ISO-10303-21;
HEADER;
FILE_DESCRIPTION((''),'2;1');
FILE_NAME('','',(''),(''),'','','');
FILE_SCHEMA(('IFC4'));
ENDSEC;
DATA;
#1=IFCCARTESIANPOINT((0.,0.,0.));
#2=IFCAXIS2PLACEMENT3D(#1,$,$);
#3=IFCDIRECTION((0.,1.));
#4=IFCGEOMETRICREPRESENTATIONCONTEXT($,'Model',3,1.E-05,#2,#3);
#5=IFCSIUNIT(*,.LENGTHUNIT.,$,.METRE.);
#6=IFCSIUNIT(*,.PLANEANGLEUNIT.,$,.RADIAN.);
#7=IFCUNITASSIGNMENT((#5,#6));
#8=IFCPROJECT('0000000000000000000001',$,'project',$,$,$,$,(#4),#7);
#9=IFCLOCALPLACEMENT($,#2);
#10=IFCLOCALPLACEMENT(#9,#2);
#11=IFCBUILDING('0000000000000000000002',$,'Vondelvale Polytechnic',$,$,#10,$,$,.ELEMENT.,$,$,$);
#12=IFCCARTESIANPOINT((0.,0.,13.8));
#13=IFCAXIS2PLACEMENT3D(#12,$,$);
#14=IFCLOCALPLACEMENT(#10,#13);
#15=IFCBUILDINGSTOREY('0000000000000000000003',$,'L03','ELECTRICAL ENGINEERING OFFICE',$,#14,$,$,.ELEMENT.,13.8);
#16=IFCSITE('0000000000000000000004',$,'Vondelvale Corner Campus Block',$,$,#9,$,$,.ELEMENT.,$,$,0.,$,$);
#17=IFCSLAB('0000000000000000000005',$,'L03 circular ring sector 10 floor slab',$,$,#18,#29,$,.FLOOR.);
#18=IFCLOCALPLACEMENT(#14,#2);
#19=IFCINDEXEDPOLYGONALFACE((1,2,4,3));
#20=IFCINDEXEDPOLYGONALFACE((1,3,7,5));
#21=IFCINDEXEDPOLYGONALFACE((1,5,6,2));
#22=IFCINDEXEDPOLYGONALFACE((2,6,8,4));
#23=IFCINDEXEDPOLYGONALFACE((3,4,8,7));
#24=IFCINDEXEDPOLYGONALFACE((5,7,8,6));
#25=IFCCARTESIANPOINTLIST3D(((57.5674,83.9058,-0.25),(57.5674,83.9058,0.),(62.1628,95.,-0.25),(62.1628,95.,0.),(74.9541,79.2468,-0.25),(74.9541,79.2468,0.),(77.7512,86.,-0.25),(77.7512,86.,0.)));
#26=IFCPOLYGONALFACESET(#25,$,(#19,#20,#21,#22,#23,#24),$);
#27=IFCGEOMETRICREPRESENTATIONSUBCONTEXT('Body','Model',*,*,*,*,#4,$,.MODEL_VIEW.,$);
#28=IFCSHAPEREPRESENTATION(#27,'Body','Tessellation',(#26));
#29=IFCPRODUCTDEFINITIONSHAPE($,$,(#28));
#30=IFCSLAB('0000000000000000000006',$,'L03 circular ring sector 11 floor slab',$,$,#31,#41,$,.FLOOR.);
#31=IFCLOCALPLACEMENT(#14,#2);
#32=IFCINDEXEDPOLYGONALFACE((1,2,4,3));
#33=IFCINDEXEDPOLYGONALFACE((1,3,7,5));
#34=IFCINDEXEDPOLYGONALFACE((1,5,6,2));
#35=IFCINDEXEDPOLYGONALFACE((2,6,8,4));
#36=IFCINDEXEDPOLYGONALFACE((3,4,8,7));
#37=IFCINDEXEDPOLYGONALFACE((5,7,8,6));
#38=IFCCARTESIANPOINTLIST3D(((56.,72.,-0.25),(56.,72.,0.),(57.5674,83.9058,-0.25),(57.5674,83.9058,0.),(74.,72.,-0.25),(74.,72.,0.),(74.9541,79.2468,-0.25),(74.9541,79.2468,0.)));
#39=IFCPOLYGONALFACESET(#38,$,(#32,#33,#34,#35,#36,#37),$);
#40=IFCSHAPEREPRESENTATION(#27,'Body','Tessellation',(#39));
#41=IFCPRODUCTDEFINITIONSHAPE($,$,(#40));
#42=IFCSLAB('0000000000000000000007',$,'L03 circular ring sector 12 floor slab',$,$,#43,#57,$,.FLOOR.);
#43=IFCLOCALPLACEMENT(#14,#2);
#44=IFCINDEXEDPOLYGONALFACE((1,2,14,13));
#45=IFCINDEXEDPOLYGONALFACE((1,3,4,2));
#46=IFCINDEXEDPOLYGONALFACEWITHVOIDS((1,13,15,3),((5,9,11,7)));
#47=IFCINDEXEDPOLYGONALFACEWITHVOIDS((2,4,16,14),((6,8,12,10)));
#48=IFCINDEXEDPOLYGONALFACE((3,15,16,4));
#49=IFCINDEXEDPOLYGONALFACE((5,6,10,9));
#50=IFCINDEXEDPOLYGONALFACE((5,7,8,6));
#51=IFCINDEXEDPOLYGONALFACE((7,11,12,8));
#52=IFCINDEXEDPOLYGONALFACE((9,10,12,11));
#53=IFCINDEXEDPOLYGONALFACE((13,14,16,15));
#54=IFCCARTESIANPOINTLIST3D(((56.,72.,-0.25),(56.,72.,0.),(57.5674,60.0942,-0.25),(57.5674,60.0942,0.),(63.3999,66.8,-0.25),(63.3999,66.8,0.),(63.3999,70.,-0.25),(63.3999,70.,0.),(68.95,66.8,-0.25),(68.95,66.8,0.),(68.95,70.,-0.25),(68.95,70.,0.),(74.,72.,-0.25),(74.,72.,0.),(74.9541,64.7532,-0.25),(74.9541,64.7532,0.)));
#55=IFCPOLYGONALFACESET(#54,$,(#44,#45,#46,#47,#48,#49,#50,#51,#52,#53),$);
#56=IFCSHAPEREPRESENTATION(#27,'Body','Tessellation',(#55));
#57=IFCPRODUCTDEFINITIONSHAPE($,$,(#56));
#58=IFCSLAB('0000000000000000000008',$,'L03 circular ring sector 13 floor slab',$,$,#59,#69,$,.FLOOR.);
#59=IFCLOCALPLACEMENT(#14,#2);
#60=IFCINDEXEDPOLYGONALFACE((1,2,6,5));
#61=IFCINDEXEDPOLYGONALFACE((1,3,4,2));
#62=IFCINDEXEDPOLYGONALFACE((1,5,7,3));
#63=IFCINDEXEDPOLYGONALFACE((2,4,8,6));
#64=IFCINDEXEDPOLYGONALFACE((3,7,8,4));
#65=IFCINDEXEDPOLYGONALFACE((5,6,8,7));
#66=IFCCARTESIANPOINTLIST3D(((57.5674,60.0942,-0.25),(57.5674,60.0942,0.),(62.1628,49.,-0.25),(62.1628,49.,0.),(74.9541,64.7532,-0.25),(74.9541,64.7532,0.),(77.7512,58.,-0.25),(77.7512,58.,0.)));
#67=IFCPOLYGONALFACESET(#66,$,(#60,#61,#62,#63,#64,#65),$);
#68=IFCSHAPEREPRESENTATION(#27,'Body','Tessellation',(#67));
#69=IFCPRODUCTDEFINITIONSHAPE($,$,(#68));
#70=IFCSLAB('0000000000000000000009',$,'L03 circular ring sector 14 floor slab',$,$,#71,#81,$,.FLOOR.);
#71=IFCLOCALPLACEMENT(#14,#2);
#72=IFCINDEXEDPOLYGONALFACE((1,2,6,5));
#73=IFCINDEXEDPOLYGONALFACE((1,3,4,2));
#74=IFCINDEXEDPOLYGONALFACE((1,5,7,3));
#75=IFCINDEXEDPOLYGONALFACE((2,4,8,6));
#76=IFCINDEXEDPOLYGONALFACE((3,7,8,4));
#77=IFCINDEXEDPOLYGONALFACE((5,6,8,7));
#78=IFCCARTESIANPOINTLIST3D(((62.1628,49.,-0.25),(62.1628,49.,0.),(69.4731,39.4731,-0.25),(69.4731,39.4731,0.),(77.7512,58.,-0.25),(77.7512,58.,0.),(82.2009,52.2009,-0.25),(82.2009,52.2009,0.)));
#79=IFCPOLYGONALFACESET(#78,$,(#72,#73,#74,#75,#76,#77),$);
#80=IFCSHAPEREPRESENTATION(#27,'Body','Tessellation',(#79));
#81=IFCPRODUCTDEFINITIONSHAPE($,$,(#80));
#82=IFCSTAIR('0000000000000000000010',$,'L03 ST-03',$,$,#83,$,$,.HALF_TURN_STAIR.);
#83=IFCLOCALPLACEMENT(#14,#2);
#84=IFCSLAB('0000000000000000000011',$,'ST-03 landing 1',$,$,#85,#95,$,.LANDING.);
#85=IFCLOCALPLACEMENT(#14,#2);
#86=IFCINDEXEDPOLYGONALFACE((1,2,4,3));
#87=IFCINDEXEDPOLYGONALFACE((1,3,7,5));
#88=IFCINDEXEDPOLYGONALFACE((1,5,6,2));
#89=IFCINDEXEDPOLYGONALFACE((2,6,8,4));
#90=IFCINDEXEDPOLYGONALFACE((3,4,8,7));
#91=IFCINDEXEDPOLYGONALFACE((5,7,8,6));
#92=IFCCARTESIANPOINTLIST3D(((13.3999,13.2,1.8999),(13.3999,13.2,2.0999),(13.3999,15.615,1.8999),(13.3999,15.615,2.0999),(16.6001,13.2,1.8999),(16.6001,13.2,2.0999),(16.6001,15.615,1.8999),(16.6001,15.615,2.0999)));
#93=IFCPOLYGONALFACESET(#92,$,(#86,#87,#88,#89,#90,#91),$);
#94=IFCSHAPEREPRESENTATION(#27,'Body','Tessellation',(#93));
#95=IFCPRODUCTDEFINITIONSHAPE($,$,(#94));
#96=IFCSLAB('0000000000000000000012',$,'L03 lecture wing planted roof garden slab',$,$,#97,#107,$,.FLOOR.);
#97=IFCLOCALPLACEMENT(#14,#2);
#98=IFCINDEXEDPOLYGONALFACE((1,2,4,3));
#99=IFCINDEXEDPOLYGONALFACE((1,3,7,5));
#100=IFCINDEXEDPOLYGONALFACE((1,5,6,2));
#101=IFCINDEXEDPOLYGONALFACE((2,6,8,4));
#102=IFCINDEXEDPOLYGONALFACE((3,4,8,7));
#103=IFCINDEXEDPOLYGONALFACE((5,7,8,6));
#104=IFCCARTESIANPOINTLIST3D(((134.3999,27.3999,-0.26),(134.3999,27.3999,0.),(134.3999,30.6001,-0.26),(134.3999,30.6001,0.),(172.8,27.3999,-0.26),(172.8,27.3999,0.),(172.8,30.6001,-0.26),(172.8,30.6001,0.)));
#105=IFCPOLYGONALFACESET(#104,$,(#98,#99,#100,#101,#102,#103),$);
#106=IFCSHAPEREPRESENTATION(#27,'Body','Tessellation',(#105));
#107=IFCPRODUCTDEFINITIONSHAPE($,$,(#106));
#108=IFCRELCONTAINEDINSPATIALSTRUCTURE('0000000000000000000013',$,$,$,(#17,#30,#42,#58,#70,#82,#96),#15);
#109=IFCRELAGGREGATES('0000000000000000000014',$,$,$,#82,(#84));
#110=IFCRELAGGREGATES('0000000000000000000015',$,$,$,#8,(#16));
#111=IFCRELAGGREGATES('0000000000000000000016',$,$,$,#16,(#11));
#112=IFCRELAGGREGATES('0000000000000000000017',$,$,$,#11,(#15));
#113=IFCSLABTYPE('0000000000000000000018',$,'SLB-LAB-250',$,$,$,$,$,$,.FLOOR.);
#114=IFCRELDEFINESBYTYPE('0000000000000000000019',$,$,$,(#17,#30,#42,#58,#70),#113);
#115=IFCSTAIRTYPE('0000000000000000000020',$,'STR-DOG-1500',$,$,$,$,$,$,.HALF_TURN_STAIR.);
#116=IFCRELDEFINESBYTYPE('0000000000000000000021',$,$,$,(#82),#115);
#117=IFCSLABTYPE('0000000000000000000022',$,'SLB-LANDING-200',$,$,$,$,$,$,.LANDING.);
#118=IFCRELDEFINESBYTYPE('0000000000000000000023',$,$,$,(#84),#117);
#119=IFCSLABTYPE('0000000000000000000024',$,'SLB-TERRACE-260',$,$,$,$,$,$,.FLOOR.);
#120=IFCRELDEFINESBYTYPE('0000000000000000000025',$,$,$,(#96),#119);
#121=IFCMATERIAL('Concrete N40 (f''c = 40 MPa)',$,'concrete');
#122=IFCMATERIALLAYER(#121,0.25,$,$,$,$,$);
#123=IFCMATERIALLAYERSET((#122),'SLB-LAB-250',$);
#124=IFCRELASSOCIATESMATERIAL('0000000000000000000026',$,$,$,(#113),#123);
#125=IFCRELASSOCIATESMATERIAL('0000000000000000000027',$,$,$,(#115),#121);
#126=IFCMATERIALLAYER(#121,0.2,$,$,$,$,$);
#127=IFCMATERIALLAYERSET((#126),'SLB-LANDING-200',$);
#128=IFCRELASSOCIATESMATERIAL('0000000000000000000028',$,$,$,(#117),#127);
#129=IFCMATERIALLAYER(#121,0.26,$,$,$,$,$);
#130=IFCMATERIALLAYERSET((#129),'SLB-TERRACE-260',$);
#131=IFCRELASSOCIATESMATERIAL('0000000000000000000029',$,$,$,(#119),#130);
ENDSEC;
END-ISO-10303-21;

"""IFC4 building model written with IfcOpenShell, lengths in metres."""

from ifc_helpers import new_model, si_unit, direction, frame, origin, place, context, subcontext, project, spatial, polyline, outline, extrude, material, layer, layer_set, type_object, element, aggregate, save


model = new_model("IFC4")

# Units and contexts
model_context = context("Model", 3, precision=1e-05, world=origin(), true_north=direction((0.0, 1.0)))
body_context = subcontext(model_context, "Body", "Model", "MODEL_VIEW")
ifc_project = project(units=[si_unit("LENGTHUNIT", "METRE"), si_unit("PLANEANGLEUNIT", "RADIAN")], contexts=[model_context])

# Site, building, storey
site_placement = place(None, origin())
site = spatial("IfcSite", under=ifc_project, at=site_placement, Name="Vondelvale Corner Campus Block", CompositionType="ELEMENT", RefElevation=0.0)
building_placement = place(site_placement, origin())
building = spatial("IfcBuilding", under=site, at=building_placement, Name="Vondelvale Polytechnic", CompositionType="ELEMENT")
storey_placement = place(building_placement, frame((0.0, 0.0, 13.8)))
storey = spatial("IfcBuildingStorey", under=building, at=storey_placement, Name="L03", Description="ELECTRICAL ENGINEERING OFFICE", CompositionType="ELEMENT", Elevation=13.8)

# Shared definitions
ifc_material_1 = material(Name="Concrete N40 (f'c = 40 MPa)", Category="concrete")

# Slabs
ifc_layer_1 = layer(ifc_material_1, 0.25)
ifc_layer_set_1 = layer_set([ifc_layer_1], Name="SLB-LAB-250")
slab_type_1 = type_object("IfcSlabType", Name="SLB-LAB-250", PredefinedType="FLOOR", material=ifc_layer_set_1)
slab_1_placement = place(storey_placement, frame((0.0, 0.0, -0.25)))
element("IfcSlab", 1, at=slab_1_placement, inside=storey, type_object=slab_type_1, Name="L03 circular ring sector 10 floor slab", PredefinedType="FLOOR", context=body_context, shape_type="SweptSolid", body=[
    extrude(outline(polyline([(77.7512, 86.0), (62.1628, 95.0), (57.5674, 83.9058), (74.9541, 79.2468), (77.7512, 86.0)])), origin(), (0.0, 0.0, 1.0), 0.25),
])
slab_2_placement = place(storey_placement, frame((0.0, 0.0, -0.25)))
element("IfcSlab", 2, at=slab_2_placement, inside=storey, type_object=slab_type_1, Name="L03 circular ring sector 11 floor slab", PredefinedType="FLOOR", context=body_context, shape_type="SweptSolid", body=[
    extrude(outline(polyline([(74.9541, 79.2468), (57.5674, 83.9058), (56.0, 72.0), (74.0, 72.0), (74.9541, 79.2468)])), origin(), (0.0, 0.0, 1.0), 0.25),
])
slab_3_placement = place(storey_placement, frame((0.0, 0.0, -0.25)))
element("IfcSlab", 3, at=slab_3_placement, inside=storey, type_object=slab_type_1, Name="L03 circular ring sector 12 floor slab", PredefinedType="FLOOR", context=body_context, shape_type="SweptSolid", body=[
    extrude(outline(polyline([(74.0, 72.0), (56.0, 72.0), (57.5674, 60.0942), (74.9541, 64.7532), (74.0, 72.0)]), holes=[polyline([(68.95, 70.0), (63.3999, 70.0), (63.3999, 66.8), (68.95, 66.8), (68.95, 70.0)])]), origin(), (0.0, 0.0, 1.0), 0.25),
])
slab_4_placement = place(storey_placement, frame((0.0, 0.0, -0.25)))
element("IfcSlab", 4, at=slab_4_placement, inside=storey, type_object=slab_type_1, Name="L03 circular ring sector 13 floor slab", PredefinedType="FLOOR", context=body_context, shape_type="SweptSolid", body=[
    extrude(outline(polyline([(74.9541, 64.7532), (57.5674, 60.0942), (62.1628, 49.0), (77.7512, 58.0), (74.9541, 64.7532)])), origin(), (0.0, 0.0, 1.0), 0.25),
])
slab_5_placement = place(storey_placement, frame((0.0, 0.0, -0.25)))
element("IfcSlab", 5, at=slab_5_placement, inside=storey, type_object=slab_type_1, Name="L03 circular ring sector 14 floor slab", PredefinedType="FLOOR", context=body_context, shape_type="SweptSolid", body=[
    extrude(outline(polyline([(77.7512, 58.0), (62.1628, 49.0), (69.4731, 39.4731), (82.2009, 52.2009), (77.7512, 58.0)])), origin(), (0.0, 0.0, 1.0), 0.25),
])

# Stair, slab
stair_type = type_object("IfcStairType", Name="STR-DOG-1500", PredefinedType="HALF_TURN_STAIR", material=ifc_material_1)
stair_placement = place(storey_placement, origin())
stair = element("IfcStair", 6, at=stair_placement, inside=storey, type_object=stair_type, Name="L03 ST-03", PredefinedType="HALF_TURN_STAIR")
ifc_layer_2 = layer(ifc_material_1, 0.2)
ifc_layer_set_2 = layer_set([ifc_layer_2], Name="SLB-LANDING-200")
slab_type_2 = type_object("IfcSlabType", Name="SLB-LANDING-200", PredefinedType="LANDING", material=ifc_layer_set_2)
slab_6_placement = place(storey_placement, frame((0.0, 0.0, 1.8999)))
slab_6 = element("IfcSlab", 7, at=slab_6_placement, type_object=slab_type_2, Name="ST-03 landing 1", PredefinedType="LANDING", context=body_context, shape_type="SweptSolid", body=[
    extrude(outline(polyline([(13.3999, 15.615), (13.3999, 13.2), (16.6001, 13.2), (16.6001, 15.615), (13.3999, 15.615)])), origin(), (0.0, 0.0, 1.0), 0.2),
])
aggregate(stair, [slab_6])

# Slab
ifc_layer_3 = layer(ifc_material_1, 0.26)
ifc_layer_set_3 = layer_set([ifc_layer_3], Name="SLB-TERRACE-260")
slab_type_3 = type_object("IfcSlabType", Name="SLB-TERRACE-260", PredefinedType="FLOOR", material=ifc_layer_set_3)
slab_7_placement = place(storey_placement, frame((0.0, 0.0, -0.26)))
element("IfcSlab", 8, at=slab_7_placement, inside=storey, type_object=slab_type_3, Name="L03 lecture wing planted roof garden slab", PredefinedType="FLOOR", context=body_context, shape_type="SweptSolid", body=[
    extrude(outline(polyline([(134.3999, 27.3999), (172.8, 27.3999), (172.8, 30.6001), (134.3999, 30.6001), (134.3999, 27.3999)])), origin(), (0.0, 0.0, 1.0), 0.26),
])

save(model, "model.ifc")
